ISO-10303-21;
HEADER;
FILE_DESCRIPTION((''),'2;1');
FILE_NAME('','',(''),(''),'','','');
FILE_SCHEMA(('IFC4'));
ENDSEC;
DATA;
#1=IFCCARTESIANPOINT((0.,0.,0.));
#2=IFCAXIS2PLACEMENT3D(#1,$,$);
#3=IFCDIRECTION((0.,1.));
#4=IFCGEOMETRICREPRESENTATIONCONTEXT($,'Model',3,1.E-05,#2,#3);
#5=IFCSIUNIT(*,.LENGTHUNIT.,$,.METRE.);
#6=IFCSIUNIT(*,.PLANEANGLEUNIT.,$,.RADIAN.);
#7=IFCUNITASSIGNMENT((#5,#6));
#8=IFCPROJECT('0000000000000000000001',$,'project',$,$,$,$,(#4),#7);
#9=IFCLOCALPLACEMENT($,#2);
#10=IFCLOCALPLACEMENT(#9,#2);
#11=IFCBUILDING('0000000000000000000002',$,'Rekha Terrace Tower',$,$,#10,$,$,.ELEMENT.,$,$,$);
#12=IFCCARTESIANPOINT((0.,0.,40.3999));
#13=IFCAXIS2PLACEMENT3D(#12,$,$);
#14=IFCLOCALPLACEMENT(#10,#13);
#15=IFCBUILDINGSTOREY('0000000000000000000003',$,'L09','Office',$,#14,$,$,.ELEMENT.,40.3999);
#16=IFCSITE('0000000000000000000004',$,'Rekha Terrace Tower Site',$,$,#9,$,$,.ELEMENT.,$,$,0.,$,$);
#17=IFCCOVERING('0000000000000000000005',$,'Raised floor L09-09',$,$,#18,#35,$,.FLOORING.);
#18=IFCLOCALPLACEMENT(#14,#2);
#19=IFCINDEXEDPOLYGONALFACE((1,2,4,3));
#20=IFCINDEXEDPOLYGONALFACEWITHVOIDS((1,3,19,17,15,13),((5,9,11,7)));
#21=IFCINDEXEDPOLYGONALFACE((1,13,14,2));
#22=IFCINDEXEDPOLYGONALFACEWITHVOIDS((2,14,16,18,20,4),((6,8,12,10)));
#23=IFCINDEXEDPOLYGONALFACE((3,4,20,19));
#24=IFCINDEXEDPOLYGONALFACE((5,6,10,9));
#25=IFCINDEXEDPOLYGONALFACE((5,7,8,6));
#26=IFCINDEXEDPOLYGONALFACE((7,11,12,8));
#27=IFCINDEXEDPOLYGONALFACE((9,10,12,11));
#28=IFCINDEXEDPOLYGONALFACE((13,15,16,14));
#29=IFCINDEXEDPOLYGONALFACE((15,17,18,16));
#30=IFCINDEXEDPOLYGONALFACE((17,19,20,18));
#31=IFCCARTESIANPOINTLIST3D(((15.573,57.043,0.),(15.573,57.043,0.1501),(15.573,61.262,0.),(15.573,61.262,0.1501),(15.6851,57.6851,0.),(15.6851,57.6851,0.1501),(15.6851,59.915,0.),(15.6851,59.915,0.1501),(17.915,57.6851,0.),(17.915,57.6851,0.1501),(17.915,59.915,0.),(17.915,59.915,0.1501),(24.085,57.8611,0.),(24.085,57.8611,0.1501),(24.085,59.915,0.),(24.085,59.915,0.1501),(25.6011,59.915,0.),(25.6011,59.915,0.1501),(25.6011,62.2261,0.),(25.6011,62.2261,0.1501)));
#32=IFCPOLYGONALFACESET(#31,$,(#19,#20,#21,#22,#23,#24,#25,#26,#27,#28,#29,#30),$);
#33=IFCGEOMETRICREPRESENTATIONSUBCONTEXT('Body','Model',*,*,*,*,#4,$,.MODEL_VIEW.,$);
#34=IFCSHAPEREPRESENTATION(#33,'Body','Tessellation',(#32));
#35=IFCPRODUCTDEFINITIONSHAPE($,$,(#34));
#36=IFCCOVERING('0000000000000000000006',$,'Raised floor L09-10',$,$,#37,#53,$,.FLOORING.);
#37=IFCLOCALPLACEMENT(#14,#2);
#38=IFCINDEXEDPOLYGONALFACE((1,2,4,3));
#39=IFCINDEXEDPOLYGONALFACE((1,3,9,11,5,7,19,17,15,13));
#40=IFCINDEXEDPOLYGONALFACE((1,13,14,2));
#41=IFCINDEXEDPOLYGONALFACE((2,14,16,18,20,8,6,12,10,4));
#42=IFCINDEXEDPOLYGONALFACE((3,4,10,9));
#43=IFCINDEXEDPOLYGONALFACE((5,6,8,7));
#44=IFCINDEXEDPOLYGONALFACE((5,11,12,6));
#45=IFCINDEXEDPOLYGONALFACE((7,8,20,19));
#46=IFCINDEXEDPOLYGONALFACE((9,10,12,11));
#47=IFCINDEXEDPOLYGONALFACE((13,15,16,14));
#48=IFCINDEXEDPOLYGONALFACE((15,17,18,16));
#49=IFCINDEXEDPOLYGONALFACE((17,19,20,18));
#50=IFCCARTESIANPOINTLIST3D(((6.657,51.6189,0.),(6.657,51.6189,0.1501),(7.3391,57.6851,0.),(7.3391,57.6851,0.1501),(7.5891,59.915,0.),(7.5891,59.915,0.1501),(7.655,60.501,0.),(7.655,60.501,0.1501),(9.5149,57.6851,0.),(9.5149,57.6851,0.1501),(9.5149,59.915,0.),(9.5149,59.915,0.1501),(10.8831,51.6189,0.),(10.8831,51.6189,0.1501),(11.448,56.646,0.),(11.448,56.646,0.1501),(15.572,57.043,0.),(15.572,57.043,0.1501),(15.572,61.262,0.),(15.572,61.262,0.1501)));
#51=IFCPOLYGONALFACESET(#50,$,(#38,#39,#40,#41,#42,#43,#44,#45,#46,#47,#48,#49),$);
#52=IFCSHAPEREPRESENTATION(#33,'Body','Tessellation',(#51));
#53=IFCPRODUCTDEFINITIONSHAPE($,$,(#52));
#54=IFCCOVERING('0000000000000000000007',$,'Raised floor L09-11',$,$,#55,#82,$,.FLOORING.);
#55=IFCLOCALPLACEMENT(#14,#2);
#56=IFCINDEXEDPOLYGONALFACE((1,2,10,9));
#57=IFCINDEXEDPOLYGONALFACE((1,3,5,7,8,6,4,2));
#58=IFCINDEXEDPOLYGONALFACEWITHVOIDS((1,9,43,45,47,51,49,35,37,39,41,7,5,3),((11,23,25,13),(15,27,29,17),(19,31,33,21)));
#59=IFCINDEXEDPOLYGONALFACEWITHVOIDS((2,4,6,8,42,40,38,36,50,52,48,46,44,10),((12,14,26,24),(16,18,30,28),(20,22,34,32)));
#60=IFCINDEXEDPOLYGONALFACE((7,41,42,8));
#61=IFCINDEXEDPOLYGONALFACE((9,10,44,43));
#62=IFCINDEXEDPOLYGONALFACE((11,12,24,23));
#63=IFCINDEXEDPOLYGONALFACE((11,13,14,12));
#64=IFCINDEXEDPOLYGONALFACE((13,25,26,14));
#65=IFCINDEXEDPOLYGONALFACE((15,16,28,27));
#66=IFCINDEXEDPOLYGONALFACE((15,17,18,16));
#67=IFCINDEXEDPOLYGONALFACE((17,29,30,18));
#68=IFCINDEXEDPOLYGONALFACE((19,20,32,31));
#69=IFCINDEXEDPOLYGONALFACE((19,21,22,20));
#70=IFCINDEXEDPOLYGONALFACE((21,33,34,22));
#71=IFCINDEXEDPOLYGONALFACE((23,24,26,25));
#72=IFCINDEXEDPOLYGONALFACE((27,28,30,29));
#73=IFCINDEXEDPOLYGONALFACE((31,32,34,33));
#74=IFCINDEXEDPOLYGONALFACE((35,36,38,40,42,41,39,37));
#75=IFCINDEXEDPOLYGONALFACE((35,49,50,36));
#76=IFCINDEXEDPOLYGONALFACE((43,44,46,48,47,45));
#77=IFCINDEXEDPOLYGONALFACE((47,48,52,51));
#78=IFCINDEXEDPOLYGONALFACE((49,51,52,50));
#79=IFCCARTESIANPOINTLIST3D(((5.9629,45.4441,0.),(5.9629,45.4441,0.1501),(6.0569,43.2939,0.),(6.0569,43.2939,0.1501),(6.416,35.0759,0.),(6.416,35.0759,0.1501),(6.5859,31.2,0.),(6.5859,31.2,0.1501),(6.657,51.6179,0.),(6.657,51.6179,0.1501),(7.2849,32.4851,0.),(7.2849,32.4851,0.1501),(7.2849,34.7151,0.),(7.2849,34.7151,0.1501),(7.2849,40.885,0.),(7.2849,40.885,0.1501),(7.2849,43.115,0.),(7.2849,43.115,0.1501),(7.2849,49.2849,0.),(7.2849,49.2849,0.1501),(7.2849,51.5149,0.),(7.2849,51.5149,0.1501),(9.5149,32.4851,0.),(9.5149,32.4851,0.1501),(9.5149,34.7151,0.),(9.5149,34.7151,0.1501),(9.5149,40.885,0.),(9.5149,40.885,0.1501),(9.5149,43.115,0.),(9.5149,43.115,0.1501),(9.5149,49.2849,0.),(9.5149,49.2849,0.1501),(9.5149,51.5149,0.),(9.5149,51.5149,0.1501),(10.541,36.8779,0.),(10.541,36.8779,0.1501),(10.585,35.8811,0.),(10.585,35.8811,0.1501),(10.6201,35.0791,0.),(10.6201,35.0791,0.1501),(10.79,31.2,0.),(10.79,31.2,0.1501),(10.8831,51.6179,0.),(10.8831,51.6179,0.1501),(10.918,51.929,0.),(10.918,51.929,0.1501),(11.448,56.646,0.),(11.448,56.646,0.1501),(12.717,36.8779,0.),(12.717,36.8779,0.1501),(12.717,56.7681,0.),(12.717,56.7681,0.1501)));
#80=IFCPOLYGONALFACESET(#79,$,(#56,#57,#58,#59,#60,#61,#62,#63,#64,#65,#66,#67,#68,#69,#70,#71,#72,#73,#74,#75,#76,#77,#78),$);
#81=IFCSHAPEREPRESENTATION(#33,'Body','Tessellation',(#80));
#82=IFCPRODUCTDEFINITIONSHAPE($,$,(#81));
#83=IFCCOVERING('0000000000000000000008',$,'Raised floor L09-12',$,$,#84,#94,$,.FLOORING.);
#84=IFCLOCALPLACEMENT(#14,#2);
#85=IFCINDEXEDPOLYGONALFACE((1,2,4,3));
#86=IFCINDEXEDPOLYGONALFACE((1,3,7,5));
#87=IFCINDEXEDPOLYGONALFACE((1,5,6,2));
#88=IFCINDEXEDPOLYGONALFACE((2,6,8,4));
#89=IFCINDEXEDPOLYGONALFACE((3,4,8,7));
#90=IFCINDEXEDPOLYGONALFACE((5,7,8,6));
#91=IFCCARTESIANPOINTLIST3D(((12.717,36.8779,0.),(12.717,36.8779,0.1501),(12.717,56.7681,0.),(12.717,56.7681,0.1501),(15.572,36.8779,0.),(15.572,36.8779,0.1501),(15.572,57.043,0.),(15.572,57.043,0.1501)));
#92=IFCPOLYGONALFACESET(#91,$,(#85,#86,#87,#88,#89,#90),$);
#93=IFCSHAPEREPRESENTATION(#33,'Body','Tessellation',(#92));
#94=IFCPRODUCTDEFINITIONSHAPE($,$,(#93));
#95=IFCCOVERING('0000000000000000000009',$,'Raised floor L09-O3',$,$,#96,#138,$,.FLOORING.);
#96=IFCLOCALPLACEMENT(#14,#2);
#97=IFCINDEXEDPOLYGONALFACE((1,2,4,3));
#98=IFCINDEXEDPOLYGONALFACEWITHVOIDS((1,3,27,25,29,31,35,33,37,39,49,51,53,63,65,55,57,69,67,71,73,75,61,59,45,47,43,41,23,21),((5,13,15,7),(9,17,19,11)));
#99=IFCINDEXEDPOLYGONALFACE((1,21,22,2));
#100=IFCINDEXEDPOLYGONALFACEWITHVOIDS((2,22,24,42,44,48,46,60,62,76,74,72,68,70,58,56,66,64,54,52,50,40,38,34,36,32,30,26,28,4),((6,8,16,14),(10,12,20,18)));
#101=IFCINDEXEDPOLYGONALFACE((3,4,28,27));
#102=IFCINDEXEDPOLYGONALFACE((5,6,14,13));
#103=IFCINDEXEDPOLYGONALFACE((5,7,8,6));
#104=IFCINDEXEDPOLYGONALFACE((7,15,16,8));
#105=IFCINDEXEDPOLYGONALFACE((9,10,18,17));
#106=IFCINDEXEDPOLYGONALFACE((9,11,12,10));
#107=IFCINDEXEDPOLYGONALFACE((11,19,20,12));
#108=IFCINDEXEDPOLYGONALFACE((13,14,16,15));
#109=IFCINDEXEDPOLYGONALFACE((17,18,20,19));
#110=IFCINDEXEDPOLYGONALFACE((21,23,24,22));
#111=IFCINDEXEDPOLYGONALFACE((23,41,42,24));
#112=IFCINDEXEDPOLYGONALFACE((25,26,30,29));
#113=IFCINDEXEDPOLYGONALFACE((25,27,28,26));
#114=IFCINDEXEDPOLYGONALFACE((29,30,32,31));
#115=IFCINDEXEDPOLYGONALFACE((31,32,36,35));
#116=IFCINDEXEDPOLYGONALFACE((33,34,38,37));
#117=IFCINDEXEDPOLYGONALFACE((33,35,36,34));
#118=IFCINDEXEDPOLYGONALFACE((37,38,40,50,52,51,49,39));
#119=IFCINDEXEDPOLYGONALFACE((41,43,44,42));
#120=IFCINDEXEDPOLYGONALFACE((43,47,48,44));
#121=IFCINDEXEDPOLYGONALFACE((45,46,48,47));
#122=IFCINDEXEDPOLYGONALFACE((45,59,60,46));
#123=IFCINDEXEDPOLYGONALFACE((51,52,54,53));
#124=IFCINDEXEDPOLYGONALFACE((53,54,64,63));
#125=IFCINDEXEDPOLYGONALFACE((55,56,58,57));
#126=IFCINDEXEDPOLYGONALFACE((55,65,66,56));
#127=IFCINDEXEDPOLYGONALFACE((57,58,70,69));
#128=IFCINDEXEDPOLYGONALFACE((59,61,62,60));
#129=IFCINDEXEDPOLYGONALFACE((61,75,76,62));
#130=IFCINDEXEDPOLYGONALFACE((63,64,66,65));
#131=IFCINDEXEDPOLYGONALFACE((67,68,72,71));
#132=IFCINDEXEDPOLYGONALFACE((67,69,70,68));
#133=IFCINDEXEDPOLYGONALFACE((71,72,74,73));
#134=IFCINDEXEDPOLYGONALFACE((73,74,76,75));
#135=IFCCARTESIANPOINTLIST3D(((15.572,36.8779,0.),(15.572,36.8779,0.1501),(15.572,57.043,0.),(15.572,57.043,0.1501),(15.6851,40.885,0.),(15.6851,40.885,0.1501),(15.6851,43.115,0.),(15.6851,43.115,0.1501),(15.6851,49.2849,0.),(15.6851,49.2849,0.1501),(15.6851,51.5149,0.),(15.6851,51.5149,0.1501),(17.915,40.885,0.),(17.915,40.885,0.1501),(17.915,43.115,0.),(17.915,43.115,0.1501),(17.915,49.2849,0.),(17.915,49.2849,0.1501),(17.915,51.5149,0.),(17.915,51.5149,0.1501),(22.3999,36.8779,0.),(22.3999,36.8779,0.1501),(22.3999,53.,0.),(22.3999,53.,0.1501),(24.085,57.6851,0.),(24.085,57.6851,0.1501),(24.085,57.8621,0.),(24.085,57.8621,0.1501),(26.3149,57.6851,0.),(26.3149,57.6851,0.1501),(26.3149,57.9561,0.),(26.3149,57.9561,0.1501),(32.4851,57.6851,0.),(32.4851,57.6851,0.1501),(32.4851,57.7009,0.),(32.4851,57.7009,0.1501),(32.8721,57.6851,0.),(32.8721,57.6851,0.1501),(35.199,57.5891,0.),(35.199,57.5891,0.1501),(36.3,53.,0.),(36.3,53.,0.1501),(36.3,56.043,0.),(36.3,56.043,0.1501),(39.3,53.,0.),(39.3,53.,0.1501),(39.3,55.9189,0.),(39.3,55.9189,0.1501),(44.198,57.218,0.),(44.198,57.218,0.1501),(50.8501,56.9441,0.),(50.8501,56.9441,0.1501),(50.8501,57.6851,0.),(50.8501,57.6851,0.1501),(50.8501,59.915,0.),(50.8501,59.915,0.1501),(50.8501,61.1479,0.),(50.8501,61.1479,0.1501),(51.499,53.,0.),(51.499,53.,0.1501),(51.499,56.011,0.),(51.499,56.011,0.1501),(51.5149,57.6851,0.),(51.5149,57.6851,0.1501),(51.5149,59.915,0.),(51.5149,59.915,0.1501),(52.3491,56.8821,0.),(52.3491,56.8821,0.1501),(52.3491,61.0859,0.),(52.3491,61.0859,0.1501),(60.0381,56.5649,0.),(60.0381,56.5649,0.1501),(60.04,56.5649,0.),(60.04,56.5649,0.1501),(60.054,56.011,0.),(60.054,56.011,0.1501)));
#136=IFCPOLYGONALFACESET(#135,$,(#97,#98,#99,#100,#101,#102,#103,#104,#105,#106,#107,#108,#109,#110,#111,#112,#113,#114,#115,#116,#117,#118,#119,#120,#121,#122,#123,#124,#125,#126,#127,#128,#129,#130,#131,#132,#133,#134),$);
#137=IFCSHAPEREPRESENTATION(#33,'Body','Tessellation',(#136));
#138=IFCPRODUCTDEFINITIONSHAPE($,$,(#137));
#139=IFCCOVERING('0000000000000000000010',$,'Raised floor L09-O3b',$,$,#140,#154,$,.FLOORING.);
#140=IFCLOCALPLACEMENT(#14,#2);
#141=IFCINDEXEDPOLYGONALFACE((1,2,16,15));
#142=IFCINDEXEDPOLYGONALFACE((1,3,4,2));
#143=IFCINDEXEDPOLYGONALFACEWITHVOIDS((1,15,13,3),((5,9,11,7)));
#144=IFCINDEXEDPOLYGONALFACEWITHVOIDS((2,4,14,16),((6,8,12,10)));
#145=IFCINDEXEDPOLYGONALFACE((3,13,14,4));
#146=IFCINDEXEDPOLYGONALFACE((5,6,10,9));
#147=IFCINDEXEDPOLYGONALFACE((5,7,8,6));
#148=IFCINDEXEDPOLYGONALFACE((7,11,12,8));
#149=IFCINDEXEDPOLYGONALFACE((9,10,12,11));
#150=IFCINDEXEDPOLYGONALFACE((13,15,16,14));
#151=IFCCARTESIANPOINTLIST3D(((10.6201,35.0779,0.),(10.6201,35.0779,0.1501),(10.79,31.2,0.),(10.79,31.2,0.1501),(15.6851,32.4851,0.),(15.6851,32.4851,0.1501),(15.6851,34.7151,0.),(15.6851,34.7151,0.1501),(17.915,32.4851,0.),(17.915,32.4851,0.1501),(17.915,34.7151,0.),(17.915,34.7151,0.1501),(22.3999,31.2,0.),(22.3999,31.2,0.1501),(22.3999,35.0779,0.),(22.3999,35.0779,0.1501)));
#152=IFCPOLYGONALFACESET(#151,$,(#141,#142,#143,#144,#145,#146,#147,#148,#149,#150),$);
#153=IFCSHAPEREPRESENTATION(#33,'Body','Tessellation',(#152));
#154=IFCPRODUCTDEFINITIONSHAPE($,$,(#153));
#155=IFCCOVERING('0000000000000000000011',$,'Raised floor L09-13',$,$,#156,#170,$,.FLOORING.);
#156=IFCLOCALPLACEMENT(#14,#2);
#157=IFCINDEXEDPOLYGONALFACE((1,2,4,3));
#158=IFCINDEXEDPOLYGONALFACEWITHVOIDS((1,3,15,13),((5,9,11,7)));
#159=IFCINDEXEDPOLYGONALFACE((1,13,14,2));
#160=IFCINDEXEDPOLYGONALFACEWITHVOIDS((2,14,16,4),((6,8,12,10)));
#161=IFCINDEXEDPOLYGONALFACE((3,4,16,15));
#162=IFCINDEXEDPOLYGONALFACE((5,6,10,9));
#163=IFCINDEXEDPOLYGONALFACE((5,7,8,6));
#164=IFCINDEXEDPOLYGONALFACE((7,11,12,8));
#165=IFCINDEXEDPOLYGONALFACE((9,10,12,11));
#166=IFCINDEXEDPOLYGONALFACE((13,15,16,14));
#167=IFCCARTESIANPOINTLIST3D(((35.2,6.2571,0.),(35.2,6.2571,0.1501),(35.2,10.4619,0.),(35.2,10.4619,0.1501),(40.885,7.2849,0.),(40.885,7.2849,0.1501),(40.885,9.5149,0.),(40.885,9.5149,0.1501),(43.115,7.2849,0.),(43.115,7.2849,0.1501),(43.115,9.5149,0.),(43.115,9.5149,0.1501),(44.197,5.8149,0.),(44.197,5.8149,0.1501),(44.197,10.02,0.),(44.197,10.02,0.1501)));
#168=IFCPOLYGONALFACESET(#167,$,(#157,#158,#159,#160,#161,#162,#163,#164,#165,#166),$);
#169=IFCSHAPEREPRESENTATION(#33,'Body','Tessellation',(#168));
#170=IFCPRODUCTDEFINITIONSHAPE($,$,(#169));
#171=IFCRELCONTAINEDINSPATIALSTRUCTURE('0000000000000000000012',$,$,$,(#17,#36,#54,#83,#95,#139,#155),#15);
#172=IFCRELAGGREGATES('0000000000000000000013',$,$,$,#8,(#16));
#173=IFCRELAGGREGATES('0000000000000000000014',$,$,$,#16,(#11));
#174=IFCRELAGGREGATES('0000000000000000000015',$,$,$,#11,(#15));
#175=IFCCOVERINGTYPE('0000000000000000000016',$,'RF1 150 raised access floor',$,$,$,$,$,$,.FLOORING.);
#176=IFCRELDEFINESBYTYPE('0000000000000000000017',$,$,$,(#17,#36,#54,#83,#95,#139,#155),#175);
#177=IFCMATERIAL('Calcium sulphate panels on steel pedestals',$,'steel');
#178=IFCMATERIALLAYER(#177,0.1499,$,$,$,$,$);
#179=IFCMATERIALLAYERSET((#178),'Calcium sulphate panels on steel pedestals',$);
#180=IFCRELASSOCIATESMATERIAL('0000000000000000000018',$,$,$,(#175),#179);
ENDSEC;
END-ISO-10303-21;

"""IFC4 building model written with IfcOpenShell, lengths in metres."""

from ifc_helpers import new_model, si_unit, direction, frame, origin, place, context, subcontext, project, spatial, polyline, outline, extrude, material, layer, layer_set, type_object, element, save


model = new_model("IFC4")

# Units and contexts
model_context = context("Model", 3, precision=1e-05, world=origin(), true_north=direction((0.0, 1.0)))
body_context = subcontext(model_context, "Body", "Model", "MODEL_VIEW")
ifc_project = project(units=[si_unit("LENGTHUNIT", "METRE"), si_unit("PLANEANGLEUNIT", "RADIAN")], contexts=[model_context])

# Site, building, storey
site_placement = place(None, origin())
site = spatial("IfcSite", under=ifc_project, at=site_placement, Name="Rekha Terrace Tower Site", CompositionType="ELEMENT", RefElevation=0.0)
building_placement = place(site_placement, origin())
building = spatial("IfcBuilding", under=site, at=building_placement, Name="Rekha Terrace Tower", CompositionType="ELEMENT")
storey_placement = place(building_placement, frame((0.0, 0.0, 40.3999)))
storey = spatial("IfcBuildingStorey", under=building, at=storey_placement, Name="L09", Description="Office", CompositionType="ELEMENT", Elevation=40.3999)

# Coverings
ifc_material_1 = material(Name="Calcium sulphate panels on steel pedestals", Category="steel")
ifc_layer_1 = layer(ifc_material_1, 0.1499)
ifc_layer_set_1 = layer_set([ifc_layer_1], Name="Calcium sulphate panels on steel pedestals")
covering_type_1 = type_object("IfcCoveringType", Name="RF1 150 raised access floor", PredefinedType="FLOORING", material=ifc_layer_set_1)
covering_1_placement = place(storey_placement, origin())
element("IfcCovering", 1, at=covering_1_placement, inside=storey, type_object=covering_type_1, Name="Raised floor L09-09", PredefinedType="FLOORING", context=body_context, shape_type="SweptSolid", body=[
    extrude(outline(polyline([(25.6011, 62.2261), (15.573, 61.262), (15.573, 57.043), (24.085, 57.8611), (24.085, 59.915), (25.6011, 59.915), (25.6011, 62.2261)]), holes=[polyline([(17.915, 57.6851), (15.6851, 57.6851), (15.6851, 59.915), (17.915, 59.915), (17.915, 57.6851)])]), origin(), (0.0, 0.0, 1.0), 0.1501),
])
covering_2_placement = place(storey_placement, origin())
element("IfcCovering", 2, at=covering_2_placement, inside=storey, type_object=covering_type_1, Name="Raised floor L09-10", PredefinedType="FLOORING", context=body_context, shape_type="SweptSolid", body=[
    extrude(outline(polyline([(11.448, 56.646), (15.572, 57.043), (15.572, 61.262), (7.655, 60.501), (7.5891, 59.915), (9.5149, 59.915), (9.5149, 57.6851), (7.3391, 57.6851), (6.657, 51.6189), (10.8831, 51.6189), (11.448, 56.646)])), origin(), (0.0, 0.0, 1.0), 0.1501),
])
covering_3_placement = place(storey_placement, origin())
element("IfcCovering", 3, at=covering_3_placement, inside=storey, type_object=covering_type_1, Name="Raised floor L09-11", PredefinedType="FLOORING", context=body_context, shape_type="SweptSolid", body=[
    extrude(outline(polyline([(10.8831, 51.6179), (6.657, 51.6179), (5.9629, 45.4441), (6.0569, 43.2939), (6.416, 35.0759), (6.5859, 31.2), (10.79, 31.2), (10.6201, 35.0791), (10.585, 35.8811), (10.541, 36.8779), (12.717, 36.8779), (12.717, 56.7681), (11.448, 56.646), (10.918, 51.929), (10.8831, 51.6179)]), holes=[polyline([(9.5149, 32.4851), (7.2849, 32.4851), (7.2849, 34.7151), (9.5149, 34.7151), (9.5149, 32.4851)]), polyline([(9.5149, 40.885), (7.2849, 40.885), (7.2849, 43.115), (9.5149, 43.115), (9.5149, 40.885)]), polyline([(9.5149, 51.5149), (9.5149, 49.2849), (7.2849, 49.2849), (7.2849, 51.5149), (9.5149, 51.5149)])]), origin(), (0.0, 0.0, 1.0), 0.1501),
])
covering_4_placement = place(storey_placement, origin())
element("IfcCovering", 4, at=covering_4_placement, inside=storey, type_object=covering_type_1, Name="Raised floor L09-12", PredefinedType="FLOORING", context=body_context, shape_type="SweptSolid", body=[
    extrude(outline(polyline([(15.572, 36.8779), (15.572, 57.043), (12.717, 56.7681), (12.717, 36.8779), (15.572, 36.8779)])), origin(), (0.0, 0.0, 1.0), 0.1501),
])
covering_5_placement = place(storey_placement, origin())
element("IfcCovering", 5, at=covering_5_placement, inside=storey, type_object=covering_type_1, Name="Raised floor L09-O3", PredefinedType="FLOORING", context=body_context, shape_type="SweptSolid", body=[
    extrude(outline(polyline([(24.085, 57.8621), (15.572, 57.043), (15.572, 36.8779), (22.3999, 36.8779), (22.3999, 53.0), (36.3, 53.0), (36.3, 56.043), (39.3, 55.9189), (39.3, 53.0), (51.499, 53.0), (51.499, 56.011), (60.054, 56.011), (60.04, 56.5649), (60.0381, 56.5649), (52.3491, 56.8821), (52.3491, 61.0859), (50.8501, 61.1479), (50.8501, 59.915), (51.5149, 59.915), (51.5149, 57.6851), (50.8501, 57.6851), (50.8501, 56.9441), (44.198, 57.218), (35.199, 57.5891), (32.8721, 57.6851), (32.4851, 57.6851), (32.4851, 57.7009), (26.3149, 57.9561), (26.3149, 57.6851), (24.085, 57.6851), (24.085, 57.8621)]), holes=[polyline([(17.915, 40.885), (15.6851, 40.885), (15.6851, 43.115), (17.915, 43.115), (17.915, 40.885)]), polyline([(17.915, 49.2849), (15.6851, 49.2849), (15.6851, 51.5149), (17.915, 51.5149), (17.915, 49.2849)])]), origin(), (0.0, 0.0, 1.0), 0.1501),
])
covering_6_placement = place(storey_placement, origin())
element("IfcCovering", 6, at=covering_6_placement, inside=storey, type_object=covering_type_1, Name="Raised floor L09-O3b", PredefinedType="FLOORING", context=body_context, shape_type="SweptSolid", body=[
    extrude(outline(polyline([(22.3999, 35.0779), (10.6201, 35.0779), (10.79, 31.2), (22.3999, 31.2), (22.3999, 35.0779)]), holes=[polyline([(17.915, 32.4851), (15.6851, 32.4851), (15.6851, 34.7151), (17.915, 34.7151), (17.915, 32.4851)])]), origin(), (0.0, 0.0, 1.0), 0.1501),
])
covering_7_placement = place(storey_placement, origin())
element("IfcCovering", 7, at=covering_7_placement, inside=storey, type_object=covering_type_1, Name="Raised floor L09-13", PredefinedType="FLOORING", context=body_context, shape_type="SweptSolid", body=[
    extrude(outline(polyline([(35.2, 10.4619), (35.2, 6.2571), (44.197, 5.8149), (44.197, 10.02), (35.2, 10.4619)]), holes=[polyline([(43.115, 7.2849), (40.885, 7.2849), (40.885, 9.5149), (43.115, 9.5149), (43.115, 7.2849)])]), origin(), (0.0, 0.0, 1.0), 0.1501),
])

save(model, "model.ifc")
